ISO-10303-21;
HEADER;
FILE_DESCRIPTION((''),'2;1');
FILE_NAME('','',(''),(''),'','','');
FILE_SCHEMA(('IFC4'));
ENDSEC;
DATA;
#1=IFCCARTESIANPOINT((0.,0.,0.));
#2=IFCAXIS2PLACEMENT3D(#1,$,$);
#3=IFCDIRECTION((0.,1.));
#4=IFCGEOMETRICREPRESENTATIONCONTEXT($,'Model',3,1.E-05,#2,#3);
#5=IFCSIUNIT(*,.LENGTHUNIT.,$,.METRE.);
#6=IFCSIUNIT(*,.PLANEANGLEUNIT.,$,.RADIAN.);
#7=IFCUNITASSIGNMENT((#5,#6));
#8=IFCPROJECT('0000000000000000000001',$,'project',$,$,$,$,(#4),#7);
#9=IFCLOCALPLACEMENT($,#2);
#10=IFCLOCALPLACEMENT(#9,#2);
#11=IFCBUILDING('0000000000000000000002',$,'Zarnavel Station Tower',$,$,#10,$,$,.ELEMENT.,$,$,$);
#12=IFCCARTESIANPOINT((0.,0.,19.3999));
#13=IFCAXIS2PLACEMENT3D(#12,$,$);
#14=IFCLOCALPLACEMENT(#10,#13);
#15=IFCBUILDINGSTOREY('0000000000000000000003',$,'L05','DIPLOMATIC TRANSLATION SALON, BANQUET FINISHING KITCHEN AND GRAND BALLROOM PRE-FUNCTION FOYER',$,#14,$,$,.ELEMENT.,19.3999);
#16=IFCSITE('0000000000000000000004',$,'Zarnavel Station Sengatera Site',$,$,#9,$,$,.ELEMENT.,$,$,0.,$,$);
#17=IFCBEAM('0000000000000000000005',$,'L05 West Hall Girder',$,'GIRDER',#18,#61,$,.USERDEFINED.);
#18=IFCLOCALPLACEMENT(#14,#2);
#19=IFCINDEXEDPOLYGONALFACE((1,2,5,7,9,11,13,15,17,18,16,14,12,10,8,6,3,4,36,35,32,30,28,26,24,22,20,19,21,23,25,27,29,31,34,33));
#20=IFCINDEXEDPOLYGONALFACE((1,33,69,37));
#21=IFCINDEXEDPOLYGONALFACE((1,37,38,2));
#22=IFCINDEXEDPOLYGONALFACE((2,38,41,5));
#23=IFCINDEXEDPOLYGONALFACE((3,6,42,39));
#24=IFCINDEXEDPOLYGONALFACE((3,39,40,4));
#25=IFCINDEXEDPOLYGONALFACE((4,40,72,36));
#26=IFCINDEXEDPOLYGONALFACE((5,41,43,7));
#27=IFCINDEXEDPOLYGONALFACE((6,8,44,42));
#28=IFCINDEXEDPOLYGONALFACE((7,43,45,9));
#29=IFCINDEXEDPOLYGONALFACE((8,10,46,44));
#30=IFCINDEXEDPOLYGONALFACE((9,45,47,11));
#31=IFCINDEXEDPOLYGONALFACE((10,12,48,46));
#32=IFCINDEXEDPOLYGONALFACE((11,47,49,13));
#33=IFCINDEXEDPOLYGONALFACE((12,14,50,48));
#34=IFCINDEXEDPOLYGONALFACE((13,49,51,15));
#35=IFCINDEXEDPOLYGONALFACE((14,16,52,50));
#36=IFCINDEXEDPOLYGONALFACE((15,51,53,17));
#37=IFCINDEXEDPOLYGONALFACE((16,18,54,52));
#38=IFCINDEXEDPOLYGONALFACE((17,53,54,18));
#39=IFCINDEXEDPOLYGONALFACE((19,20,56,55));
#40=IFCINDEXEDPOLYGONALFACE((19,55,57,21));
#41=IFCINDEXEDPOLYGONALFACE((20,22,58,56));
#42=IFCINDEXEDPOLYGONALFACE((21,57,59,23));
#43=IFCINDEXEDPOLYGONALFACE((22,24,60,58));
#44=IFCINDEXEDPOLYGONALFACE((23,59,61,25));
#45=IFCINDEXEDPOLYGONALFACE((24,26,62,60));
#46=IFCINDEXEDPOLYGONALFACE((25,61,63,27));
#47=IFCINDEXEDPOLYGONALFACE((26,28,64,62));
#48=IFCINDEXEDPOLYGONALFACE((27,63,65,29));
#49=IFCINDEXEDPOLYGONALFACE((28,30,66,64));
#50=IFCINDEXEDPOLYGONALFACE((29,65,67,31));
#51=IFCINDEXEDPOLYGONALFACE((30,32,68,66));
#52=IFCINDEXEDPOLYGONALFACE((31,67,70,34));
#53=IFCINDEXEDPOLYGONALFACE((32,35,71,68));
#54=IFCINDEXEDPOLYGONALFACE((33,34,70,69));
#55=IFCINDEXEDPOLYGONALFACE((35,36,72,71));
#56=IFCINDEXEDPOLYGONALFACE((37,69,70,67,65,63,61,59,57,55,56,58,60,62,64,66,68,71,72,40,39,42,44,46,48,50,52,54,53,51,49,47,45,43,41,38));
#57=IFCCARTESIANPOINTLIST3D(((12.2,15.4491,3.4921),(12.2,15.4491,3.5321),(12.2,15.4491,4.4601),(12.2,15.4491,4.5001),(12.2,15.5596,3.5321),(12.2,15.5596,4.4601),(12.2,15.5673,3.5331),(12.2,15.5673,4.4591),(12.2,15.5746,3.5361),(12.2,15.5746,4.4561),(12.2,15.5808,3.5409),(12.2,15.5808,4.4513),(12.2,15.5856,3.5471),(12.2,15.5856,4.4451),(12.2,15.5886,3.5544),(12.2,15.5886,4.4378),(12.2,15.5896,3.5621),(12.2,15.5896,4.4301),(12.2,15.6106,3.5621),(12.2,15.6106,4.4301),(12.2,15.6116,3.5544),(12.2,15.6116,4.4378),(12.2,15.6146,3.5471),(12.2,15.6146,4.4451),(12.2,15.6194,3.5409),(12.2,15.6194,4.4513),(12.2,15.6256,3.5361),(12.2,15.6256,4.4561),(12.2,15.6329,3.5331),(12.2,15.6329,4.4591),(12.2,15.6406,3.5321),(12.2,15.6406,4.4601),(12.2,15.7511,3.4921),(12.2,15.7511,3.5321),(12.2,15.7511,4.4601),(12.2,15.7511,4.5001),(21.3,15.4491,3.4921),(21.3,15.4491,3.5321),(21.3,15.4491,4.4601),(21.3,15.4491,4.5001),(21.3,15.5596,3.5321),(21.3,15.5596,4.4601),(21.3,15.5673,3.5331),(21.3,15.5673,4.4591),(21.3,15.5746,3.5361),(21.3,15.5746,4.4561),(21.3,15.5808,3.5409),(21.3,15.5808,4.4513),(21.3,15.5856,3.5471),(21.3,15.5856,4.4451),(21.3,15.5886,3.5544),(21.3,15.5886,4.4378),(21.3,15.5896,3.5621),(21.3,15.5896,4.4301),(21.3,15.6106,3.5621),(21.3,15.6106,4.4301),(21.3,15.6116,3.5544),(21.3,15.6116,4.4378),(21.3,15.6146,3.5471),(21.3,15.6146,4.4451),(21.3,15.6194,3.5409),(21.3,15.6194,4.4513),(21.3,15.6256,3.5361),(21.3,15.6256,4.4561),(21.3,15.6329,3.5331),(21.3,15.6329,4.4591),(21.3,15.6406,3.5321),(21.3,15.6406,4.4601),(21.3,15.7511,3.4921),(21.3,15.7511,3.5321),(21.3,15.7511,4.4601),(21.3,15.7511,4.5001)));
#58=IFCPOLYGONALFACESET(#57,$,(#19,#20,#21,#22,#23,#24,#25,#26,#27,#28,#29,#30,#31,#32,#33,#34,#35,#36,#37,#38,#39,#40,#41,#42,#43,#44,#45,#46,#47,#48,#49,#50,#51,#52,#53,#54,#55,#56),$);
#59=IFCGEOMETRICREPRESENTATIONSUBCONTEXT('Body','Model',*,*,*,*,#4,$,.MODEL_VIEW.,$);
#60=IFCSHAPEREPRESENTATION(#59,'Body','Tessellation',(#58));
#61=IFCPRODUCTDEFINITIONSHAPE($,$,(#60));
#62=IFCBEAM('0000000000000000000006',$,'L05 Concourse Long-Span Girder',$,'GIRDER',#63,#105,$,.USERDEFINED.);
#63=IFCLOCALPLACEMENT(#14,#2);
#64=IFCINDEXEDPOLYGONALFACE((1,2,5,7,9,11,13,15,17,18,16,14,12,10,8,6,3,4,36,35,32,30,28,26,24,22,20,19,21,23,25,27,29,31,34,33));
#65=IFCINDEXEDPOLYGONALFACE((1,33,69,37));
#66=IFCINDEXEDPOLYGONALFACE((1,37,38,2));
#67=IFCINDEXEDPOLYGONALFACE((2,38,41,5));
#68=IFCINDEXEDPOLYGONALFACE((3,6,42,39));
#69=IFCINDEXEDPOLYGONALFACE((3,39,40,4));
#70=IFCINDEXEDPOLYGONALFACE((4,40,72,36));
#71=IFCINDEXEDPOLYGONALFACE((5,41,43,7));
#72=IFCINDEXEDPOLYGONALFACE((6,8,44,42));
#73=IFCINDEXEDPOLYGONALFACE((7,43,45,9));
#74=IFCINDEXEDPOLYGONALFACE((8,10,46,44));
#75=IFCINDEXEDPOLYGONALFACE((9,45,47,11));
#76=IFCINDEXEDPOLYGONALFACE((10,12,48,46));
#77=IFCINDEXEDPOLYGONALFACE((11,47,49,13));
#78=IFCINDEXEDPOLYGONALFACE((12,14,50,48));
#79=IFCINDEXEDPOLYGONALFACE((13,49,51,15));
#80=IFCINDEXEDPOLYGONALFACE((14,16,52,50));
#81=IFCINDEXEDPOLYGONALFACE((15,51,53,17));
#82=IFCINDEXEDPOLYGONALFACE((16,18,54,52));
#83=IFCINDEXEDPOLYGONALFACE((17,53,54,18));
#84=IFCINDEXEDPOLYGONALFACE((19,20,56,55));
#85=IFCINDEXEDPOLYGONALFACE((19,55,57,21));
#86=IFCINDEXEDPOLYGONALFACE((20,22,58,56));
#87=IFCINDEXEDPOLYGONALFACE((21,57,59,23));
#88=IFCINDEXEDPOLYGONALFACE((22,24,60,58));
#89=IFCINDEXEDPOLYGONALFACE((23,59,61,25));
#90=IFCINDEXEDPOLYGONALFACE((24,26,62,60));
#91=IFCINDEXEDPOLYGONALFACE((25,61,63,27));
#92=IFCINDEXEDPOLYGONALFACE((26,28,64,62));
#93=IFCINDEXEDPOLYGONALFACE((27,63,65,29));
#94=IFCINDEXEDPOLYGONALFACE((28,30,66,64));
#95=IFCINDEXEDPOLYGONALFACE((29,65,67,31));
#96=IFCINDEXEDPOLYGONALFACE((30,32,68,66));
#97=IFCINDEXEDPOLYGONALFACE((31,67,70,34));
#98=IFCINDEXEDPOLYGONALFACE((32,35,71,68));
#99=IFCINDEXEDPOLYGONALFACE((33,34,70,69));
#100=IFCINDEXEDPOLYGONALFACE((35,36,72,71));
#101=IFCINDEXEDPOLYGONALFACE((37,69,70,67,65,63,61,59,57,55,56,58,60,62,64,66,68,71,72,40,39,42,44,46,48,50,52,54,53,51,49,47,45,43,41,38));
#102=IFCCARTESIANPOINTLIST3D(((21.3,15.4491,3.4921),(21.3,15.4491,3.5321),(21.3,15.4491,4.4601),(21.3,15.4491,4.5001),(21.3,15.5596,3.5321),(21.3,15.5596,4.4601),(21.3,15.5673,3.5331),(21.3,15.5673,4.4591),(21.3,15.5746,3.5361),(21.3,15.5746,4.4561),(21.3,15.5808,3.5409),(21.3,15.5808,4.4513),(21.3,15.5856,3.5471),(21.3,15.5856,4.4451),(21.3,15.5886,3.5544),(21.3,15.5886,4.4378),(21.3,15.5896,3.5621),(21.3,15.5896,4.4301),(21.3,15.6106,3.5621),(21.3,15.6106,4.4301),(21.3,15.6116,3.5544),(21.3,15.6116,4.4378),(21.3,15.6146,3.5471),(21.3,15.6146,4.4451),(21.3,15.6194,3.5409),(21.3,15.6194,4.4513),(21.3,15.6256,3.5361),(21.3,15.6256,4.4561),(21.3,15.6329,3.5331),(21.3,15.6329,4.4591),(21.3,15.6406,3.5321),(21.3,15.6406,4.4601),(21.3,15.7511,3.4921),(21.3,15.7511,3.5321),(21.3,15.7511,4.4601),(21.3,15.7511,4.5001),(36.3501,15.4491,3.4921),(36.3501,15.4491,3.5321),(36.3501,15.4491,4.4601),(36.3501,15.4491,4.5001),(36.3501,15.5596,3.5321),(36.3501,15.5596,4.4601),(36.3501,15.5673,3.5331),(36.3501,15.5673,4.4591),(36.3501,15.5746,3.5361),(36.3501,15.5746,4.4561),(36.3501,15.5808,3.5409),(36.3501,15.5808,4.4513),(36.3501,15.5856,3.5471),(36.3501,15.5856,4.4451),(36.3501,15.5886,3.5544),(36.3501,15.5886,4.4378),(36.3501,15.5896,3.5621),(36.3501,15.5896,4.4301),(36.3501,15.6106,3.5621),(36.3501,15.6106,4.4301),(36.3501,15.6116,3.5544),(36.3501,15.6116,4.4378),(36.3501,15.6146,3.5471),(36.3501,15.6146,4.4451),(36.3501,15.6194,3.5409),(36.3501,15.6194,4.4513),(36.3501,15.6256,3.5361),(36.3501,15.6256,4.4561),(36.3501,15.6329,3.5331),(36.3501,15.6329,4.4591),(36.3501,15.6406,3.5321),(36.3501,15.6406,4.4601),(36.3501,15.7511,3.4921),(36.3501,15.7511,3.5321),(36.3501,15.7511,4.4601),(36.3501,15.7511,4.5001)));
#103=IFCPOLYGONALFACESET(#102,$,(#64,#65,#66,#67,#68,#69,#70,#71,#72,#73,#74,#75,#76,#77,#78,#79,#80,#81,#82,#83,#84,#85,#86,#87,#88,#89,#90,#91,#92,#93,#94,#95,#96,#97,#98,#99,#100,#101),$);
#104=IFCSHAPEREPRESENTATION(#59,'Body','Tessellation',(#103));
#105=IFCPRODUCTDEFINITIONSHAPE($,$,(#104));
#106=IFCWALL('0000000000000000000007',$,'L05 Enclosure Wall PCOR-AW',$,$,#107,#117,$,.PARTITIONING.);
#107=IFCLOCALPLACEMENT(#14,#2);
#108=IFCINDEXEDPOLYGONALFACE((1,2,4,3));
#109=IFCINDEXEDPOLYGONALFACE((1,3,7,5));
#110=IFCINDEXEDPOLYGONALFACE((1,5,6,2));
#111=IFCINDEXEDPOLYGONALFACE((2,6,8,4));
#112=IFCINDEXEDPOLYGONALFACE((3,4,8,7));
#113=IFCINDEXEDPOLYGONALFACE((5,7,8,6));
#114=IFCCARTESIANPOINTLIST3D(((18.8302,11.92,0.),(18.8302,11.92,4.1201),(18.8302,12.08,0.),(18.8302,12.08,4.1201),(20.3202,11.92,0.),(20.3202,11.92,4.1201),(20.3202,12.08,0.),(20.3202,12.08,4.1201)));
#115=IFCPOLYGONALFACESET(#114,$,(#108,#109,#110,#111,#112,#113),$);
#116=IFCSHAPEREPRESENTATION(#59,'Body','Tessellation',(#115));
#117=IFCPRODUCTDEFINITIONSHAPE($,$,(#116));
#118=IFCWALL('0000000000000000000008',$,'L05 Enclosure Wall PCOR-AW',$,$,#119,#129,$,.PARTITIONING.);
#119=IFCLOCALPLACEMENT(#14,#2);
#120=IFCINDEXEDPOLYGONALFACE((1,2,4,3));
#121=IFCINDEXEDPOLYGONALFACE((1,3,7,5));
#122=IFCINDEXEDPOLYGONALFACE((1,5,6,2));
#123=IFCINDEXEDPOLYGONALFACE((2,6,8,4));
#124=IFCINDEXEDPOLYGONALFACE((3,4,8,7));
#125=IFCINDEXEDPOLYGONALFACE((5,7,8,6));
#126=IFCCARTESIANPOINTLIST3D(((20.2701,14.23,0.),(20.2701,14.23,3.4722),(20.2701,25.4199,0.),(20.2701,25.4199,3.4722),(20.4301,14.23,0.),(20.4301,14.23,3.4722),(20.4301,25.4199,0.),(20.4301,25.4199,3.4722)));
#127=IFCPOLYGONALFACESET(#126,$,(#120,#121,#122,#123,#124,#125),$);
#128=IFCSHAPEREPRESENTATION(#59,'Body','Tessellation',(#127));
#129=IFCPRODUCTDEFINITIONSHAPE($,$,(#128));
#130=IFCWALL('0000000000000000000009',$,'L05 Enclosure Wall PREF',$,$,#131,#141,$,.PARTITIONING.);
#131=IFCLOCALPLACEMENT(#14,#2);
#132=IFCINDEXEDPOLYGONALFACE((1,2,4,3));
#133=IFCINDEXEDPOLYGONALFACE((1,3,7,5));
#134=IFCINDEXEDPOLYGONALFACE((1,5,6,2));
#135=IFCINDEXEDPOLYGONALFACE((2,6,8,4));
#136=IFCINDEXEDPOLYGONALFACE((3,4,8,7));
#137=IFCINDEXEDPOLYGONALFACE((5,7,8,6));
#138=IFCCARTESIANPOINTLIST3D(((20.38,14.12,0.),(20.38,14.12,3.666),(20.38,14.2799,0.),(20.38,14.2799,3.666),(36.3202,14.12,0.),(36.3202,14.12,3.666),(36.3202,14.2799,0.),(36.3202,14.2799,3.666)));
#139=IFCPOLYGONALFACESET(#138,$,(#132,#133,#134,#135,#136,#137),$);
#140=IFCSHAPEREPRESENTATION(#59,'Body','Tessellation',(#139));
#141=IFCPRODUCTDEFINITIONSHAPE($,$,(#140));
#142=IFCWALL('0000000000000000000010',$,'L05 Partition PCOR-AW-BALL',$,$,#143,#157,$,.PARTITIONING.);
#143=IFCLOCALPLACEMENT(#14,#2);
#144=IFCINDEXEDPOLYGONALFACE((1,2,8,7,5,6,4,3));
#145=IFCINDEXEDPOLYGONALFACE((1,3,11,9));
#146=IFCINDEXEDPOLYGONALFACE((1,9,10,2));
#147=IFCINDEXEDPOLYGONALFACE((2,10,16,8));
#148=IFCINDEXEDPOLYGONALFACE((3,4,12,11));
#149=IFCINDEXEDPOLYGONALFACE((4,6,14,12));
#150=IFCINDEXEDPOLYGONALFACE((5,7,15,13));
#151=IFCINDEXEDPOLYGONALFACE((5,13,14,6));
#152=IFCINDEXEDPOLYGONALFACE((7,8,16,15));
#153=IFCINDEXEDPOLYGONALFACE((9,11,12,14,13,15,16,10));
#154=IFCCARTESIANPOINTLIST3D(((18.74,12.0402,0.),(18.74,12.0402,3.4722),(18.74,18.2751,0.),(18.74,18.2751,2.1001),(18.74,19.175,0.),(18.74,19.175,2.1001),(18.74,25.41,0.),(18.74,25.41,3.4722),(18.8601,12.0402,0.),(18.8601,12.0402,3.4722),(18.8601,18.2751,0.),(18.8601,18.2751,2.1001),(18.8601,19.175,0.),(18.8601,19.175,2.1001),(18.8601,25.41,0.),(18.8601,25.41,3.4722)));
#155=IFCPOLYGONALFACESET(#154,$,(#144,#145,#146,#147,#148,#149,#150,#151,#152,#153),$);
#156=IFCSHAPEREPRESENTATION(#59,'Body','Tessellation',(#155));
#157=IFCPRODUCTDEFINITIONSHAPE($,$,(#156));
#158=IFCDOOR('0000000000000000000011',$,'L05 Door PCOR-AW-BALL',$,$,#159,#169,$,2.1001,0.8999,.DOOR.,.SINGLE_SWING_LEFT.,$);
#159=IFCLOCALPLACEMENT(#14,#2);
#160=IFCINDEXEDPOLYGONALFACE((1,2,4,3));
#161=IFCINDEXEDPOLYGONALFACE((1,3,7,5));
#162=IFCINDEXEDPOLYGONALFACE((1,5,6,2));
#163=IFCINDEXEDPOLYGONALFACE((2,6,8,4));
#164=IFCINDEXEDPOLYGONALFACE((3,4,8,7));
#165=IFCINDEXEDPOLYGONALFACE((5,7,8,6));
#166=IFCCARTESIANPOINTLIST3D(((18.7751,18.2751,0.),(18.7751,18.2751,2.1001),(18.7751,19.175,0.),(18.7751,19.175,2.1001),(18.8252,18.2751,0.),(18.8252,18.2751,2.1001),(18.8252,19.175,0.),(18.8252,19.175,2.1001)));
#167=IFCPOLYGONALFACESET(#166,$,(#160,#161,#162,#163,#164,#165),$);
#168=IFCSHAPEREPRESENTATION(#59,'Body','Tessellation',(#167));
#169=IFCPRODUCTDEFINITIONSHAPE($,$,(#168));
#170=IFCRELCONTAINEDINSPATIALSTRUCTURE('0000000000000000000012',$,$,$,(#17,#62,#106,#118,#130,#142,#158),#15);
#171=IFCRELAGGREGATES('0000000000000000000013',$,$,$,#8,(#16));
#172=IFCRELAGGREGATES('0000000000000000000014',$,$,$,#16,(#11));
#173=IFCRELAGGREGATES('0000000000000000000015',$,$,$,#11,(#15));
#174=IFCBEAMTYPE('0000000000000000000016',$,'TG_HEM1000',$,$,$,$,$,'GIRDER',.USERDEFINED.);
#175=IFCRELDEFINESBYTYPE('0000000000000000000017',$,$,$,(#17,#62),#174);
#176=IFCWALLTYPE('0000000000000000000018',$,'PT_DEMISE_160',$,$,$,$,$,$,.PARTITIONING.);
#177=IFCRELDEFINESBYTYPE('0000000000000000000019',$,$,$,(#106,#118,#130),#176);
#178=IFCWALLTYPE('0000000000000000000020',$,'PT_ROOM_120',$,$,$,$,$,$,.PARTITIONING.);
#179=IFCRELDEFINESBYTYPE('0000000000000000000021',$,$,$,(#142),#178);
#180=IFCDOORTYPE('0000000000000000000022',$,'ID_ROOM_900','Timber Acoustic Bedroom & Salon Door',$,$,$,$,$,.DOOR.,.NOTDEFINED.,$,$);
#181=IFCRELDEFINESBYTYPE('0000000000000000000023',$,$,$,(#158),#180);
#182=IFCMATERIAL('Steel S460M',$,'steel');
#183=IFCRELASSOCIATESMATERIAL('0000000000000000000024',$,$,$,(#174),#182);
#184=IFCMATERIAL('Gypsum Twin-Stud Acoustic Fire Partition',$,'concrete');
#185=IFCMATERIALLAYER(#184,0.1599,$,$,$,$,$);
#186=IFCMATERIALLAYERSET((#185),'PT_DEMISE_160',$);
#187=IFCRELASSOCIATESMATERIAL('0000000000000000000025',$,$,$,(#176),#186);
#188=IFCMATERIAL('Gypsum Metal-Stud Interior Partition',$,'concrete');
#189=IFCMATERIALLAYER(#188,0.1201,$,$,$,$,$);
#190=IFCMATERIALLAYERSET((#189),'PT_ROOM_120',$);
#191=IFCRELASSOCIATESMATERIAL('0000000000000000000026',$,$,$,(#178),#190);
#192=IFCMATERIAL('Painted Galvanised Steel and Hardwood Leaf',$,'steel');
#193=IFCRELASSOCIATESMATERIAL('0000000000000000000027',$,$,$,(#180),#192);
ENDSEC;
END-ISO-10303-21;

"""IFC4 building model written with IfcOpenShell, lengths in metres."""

from ifc_helpers import new_model, si_unit, direction, frame, frame_2d, origin, origin_2d, place, context, subcontext, project, spatial, rectangle, i_section, extrude, material, layer, layer_set, material_profile, profile_set, type_object, element, fill, save


model = new_model("IFC4")

# Units and contexts
model_context = context("Model", 3, precision=1e-05, world=origin(), true_north=direction((0.0, 1.0)))
body_context = subcontext(model_context, "Body", "Model", "MODEL_VIEW")
ifc_project = project(units=[si_unit("LENGTHUNIT", "METRE"), si_unit("PLANEANGLEUNIT", "RADIAN")], contexts=[model_context])

# Site, building, storey
site_placement = place(None, origin())
site = spatial("IfcSite", under=ifc_project, at=site_placement, Name="Zarnavel Station Sengatera Site", CompositionType="ELEMENT", RefElevation=0.0)
building_placement = place(site_placement, origin())
building = spatial("IfcBuilding", under=site, at=building_placement, Name="Zarnavel Station Tower", CompositionType="ELEMENT")
storey_placement = place(building_placement, frame((0.0, 0.0, 19.3999)))
storey = spatial("IfcBuildingStorey", under=building, at=storey_placement, Name="L05", Description="DIPLOMATIC TRANSLATION SALON, BANQUET FINISHING KITCHEN AND GRAND BALLROOM PRE-FUNCTION FOYER", CompositionType="ELEMENT", Elevation=19.3999)

# Beams
ifc_material_1 = material(Name="Steel S460M", Category="steel")
ifc_material_profile_1 = material_profile(ifc_material_1, i_section(OverallWidth=0.302, OverallDepth=1.0081, WebThickness=0.021, FlangeThickness=0.04, FilletRadius=0.03, at=origin_2d()), Name="HEM1000")
ifc_profile_set_1 = profile_set([ifc_material_profile_1], Name="Steel S460M")
beam_type_1 = type_object("IfcBeamType", Name="TG_HEM1000", ElementType="GIRDER", PredefinedType="USERDEFINED", material=ifc_profile_set_1)
beam_1_placement = place(storey_placement, frame((12.2, 15.6001, 3.9961), z_axis=(1.0, 0.0, 0.0), x_axis=(0.0, 1.0, 0.0)))
element("IfcBeam", 1, at=beam_1_placement, inside=storey, type_object=beam_type_1, Name="L05 West Hall Girder", ObjectType="GIRDER", PredefinedType="USERDEFINED", context=body_context, shape_type="SweptSolid", body=[
    extrude(i_section(OverallWidth=0.302, OverallDepth=1.0081, WebThickness=0.021, FlangeThickness=0.04, FilletRadius=0.03, at=origin_2d()), origin(), (0.0, 0.0, 1.0), 9.1001),
])
beam_2_placement = place(storey_placement, frame((21.3, 15.6001, 3.9961), z_axis=(1.0, 0.0, 0.0), x_axis=(0.0, 1.0, 0.0)))
element("IfcBeam", 2, at=beam_2_placement, inside=storey, type_object=beam_type_1, Name="L05 Concourse Long-Span Girder", ObjectType="GIRDER", PredefinedType="USERDEFINED", context=body_context, shape_type="SweptSolid", body=[
    extrude(i_section(OverallWidth=0.302, OverallDepth=1.0081, WebThickness=0.021, FlangeThickness=0.04, FilletRadius=0.03, at=origin_2d()), origin(), (0.0, 0.0, 1.0), 15.05),
])

# Walls
ifc_material_2 = material(Name="Gypsum Twin-Stud Acoustic Fire Partition", Category="concrete")
ifc_layer_1 = layer(ifc_material_2, 0.1599)
ifc_layer_set_1 = layer_set([ifc_layer_1], Name="PT_DEMISE_160")
wall_type_1 = type_object("IfcWallType", Name="PT_DEMISE_160", PredefinedType="PARTITIONING", material=ifc_layer_set_1)
wall_1_placement = place(storey_placement, frame((18.8301, 12.0, 0.0), z_axis=(0.0, 0.0, 1.0), x_axis=(1.0, 0.0, 0.0)))
element("IfcWall", 3, at=wall_1_placement, inside=storey, type_object=wall_type_1, Name="L05 Enclosure Wall PCOR-AW", PredefinedType="PARTITIONING", context=body_context, shape_type="SweptSolid", body=[
    extrude(rectangle(XDim=1.49, YDim=0.1599, at=frame_2d((0.7451, 0.0))), origin(), (0.0, 0.0, 1.0), 4.1201),
])
wall_2_placement = place(storey_placement, frame((20.3501, 14.23, 0.0), z_axis=(0.0, 0.0, 1.0), x_axis=(0.0, 1.0, 0.0)))
element("IfcWall", 4, at=wall_2_placement, inside=storey, type_object=wall_type_1, Name="L05 Enclosure Wall PCOR-AW", PredefinedType="PARTITIONING", context=body_context, shape_type="SweptSolid", body=[
    extrude(rectangle(XDim=11.1899, YDim=0.1599, at=frame_2d((5.595, 0.0))), origin(), (0.0, 0.0, 1.0), 3.4722),
])
wall_3_placement = place(storey_placement, frame((20.3799, 14.2, 0.0), z_axis=(0.0, 0.0, 1.0), x_axis=(1.0, 0.0, 0.0)))
element("IfcWall", 5, at=wall_3_placement, inside=storey, type_object=wall_type_1, Name="L05 Enclosure Wall PREF", PredefinedType="PARTITIONING", context=body_context, shape_type="SweptSolid", body=[
    extrude(rectangle(XDim=15.9402, YDim=0.1599, at=frame_2d((7.9702, 0.0))), origin(), (0.0, 0.0, 1.0), 3.666),
])

# Wall, opening, door
ifc_material_3 = material(Name="Gypsum Metal-Stud Interior Partition", Category="concrete")
ifc_layer_2 = layer(ifc_material_3, 0.1201)
ifc_layer_set_2 = layer_set([ifc_layer_2], Name="PT_ROOM_120")
wall_type_2 = type_object("IfcWallType", Name="PT_ROOM_120", PredefinedType="PARTITIONING", material=ifc_layer_set_2)
wall_4_placement = place(storey_placement, frame((18.8, 12.04, 0.0), z_axis=(0.0, 0.0, 1.0), x_axis=(0.0, 1.0, 0.0)))
wall_4 = element("IfcWall", 6, at=wall_4_placement, inside=storey, type_object=wall_type_2, Name="L05 Partition PCOR-AW-BALL", PredefinedType="PARTITIONING", context=body_context, shape_type="SweptSolid", body=[
    extrude(rectangle(XDim=13.3699, YDim=0.1201, at=frame_2d((6.6851, 0.0))), origin(), (0.0, 0.0, 1.0), 3.4722),
])
opening_1_placement = place(wall_4_placement, frame((6.2351, 0.0, 0.0)))
opening_1 = element("IfcOpeningElement", 7, at=opening_1_placement, cuts=wall_4, PredefinedType="OPENING", context=body_context, shape_type="SweptSolid", body=[
    extrude(rectangle(XDim=0.8999, YDim=2.1001, at=frame_2d((0.45, 1.05))), frame((0.0, 0.0701, 0.0), z_axis=(0.0, -1.0, 0.0), x_axis=(1.0, 0.0, 0.0)), (0.0, 0.0, 1.0), 0.1401),
])
ifc_material_4 = material(Name="Painted Galvanised Steel and Hardwood Leaf", Category="steel")
door_type = type_object("IfcDoorType", Name="ID_ROOM_900", Description="Timber Acoustic Bedroom & Salon Door", OperationType="NOTDEFINED", PredefinedType="DOOR", material=ifc_material_4)
door_1_placement = place(opening_1_placement, origin())
door_1 = element("IfcDoor", 8, at=door_1_placement, inside=storey, type_object=door_type, Name="L05 Door PCOR-AW-BALL", OperationType="SINGLE_SWING_LEFT", OverallHeight=2.1001, OverallWidth=0.8999, PredefinedType="DOOR", context=body_context, shape_type="SweptSolid", body=[
    extrude(rectangle(XDim=0.8999, YDim=2.1001, at=frame_2d((0.45, 1.05))), frame((0.0, 0.0249, 0.0), z_axis=(0.0, -1.0, 0.0), x_axis=(1.0, 0.0, 0.0)), (0.0, 0.0, 1.0), 0.05),
])
fill(opening_1, door_1)

save(model, "model.ifc")
